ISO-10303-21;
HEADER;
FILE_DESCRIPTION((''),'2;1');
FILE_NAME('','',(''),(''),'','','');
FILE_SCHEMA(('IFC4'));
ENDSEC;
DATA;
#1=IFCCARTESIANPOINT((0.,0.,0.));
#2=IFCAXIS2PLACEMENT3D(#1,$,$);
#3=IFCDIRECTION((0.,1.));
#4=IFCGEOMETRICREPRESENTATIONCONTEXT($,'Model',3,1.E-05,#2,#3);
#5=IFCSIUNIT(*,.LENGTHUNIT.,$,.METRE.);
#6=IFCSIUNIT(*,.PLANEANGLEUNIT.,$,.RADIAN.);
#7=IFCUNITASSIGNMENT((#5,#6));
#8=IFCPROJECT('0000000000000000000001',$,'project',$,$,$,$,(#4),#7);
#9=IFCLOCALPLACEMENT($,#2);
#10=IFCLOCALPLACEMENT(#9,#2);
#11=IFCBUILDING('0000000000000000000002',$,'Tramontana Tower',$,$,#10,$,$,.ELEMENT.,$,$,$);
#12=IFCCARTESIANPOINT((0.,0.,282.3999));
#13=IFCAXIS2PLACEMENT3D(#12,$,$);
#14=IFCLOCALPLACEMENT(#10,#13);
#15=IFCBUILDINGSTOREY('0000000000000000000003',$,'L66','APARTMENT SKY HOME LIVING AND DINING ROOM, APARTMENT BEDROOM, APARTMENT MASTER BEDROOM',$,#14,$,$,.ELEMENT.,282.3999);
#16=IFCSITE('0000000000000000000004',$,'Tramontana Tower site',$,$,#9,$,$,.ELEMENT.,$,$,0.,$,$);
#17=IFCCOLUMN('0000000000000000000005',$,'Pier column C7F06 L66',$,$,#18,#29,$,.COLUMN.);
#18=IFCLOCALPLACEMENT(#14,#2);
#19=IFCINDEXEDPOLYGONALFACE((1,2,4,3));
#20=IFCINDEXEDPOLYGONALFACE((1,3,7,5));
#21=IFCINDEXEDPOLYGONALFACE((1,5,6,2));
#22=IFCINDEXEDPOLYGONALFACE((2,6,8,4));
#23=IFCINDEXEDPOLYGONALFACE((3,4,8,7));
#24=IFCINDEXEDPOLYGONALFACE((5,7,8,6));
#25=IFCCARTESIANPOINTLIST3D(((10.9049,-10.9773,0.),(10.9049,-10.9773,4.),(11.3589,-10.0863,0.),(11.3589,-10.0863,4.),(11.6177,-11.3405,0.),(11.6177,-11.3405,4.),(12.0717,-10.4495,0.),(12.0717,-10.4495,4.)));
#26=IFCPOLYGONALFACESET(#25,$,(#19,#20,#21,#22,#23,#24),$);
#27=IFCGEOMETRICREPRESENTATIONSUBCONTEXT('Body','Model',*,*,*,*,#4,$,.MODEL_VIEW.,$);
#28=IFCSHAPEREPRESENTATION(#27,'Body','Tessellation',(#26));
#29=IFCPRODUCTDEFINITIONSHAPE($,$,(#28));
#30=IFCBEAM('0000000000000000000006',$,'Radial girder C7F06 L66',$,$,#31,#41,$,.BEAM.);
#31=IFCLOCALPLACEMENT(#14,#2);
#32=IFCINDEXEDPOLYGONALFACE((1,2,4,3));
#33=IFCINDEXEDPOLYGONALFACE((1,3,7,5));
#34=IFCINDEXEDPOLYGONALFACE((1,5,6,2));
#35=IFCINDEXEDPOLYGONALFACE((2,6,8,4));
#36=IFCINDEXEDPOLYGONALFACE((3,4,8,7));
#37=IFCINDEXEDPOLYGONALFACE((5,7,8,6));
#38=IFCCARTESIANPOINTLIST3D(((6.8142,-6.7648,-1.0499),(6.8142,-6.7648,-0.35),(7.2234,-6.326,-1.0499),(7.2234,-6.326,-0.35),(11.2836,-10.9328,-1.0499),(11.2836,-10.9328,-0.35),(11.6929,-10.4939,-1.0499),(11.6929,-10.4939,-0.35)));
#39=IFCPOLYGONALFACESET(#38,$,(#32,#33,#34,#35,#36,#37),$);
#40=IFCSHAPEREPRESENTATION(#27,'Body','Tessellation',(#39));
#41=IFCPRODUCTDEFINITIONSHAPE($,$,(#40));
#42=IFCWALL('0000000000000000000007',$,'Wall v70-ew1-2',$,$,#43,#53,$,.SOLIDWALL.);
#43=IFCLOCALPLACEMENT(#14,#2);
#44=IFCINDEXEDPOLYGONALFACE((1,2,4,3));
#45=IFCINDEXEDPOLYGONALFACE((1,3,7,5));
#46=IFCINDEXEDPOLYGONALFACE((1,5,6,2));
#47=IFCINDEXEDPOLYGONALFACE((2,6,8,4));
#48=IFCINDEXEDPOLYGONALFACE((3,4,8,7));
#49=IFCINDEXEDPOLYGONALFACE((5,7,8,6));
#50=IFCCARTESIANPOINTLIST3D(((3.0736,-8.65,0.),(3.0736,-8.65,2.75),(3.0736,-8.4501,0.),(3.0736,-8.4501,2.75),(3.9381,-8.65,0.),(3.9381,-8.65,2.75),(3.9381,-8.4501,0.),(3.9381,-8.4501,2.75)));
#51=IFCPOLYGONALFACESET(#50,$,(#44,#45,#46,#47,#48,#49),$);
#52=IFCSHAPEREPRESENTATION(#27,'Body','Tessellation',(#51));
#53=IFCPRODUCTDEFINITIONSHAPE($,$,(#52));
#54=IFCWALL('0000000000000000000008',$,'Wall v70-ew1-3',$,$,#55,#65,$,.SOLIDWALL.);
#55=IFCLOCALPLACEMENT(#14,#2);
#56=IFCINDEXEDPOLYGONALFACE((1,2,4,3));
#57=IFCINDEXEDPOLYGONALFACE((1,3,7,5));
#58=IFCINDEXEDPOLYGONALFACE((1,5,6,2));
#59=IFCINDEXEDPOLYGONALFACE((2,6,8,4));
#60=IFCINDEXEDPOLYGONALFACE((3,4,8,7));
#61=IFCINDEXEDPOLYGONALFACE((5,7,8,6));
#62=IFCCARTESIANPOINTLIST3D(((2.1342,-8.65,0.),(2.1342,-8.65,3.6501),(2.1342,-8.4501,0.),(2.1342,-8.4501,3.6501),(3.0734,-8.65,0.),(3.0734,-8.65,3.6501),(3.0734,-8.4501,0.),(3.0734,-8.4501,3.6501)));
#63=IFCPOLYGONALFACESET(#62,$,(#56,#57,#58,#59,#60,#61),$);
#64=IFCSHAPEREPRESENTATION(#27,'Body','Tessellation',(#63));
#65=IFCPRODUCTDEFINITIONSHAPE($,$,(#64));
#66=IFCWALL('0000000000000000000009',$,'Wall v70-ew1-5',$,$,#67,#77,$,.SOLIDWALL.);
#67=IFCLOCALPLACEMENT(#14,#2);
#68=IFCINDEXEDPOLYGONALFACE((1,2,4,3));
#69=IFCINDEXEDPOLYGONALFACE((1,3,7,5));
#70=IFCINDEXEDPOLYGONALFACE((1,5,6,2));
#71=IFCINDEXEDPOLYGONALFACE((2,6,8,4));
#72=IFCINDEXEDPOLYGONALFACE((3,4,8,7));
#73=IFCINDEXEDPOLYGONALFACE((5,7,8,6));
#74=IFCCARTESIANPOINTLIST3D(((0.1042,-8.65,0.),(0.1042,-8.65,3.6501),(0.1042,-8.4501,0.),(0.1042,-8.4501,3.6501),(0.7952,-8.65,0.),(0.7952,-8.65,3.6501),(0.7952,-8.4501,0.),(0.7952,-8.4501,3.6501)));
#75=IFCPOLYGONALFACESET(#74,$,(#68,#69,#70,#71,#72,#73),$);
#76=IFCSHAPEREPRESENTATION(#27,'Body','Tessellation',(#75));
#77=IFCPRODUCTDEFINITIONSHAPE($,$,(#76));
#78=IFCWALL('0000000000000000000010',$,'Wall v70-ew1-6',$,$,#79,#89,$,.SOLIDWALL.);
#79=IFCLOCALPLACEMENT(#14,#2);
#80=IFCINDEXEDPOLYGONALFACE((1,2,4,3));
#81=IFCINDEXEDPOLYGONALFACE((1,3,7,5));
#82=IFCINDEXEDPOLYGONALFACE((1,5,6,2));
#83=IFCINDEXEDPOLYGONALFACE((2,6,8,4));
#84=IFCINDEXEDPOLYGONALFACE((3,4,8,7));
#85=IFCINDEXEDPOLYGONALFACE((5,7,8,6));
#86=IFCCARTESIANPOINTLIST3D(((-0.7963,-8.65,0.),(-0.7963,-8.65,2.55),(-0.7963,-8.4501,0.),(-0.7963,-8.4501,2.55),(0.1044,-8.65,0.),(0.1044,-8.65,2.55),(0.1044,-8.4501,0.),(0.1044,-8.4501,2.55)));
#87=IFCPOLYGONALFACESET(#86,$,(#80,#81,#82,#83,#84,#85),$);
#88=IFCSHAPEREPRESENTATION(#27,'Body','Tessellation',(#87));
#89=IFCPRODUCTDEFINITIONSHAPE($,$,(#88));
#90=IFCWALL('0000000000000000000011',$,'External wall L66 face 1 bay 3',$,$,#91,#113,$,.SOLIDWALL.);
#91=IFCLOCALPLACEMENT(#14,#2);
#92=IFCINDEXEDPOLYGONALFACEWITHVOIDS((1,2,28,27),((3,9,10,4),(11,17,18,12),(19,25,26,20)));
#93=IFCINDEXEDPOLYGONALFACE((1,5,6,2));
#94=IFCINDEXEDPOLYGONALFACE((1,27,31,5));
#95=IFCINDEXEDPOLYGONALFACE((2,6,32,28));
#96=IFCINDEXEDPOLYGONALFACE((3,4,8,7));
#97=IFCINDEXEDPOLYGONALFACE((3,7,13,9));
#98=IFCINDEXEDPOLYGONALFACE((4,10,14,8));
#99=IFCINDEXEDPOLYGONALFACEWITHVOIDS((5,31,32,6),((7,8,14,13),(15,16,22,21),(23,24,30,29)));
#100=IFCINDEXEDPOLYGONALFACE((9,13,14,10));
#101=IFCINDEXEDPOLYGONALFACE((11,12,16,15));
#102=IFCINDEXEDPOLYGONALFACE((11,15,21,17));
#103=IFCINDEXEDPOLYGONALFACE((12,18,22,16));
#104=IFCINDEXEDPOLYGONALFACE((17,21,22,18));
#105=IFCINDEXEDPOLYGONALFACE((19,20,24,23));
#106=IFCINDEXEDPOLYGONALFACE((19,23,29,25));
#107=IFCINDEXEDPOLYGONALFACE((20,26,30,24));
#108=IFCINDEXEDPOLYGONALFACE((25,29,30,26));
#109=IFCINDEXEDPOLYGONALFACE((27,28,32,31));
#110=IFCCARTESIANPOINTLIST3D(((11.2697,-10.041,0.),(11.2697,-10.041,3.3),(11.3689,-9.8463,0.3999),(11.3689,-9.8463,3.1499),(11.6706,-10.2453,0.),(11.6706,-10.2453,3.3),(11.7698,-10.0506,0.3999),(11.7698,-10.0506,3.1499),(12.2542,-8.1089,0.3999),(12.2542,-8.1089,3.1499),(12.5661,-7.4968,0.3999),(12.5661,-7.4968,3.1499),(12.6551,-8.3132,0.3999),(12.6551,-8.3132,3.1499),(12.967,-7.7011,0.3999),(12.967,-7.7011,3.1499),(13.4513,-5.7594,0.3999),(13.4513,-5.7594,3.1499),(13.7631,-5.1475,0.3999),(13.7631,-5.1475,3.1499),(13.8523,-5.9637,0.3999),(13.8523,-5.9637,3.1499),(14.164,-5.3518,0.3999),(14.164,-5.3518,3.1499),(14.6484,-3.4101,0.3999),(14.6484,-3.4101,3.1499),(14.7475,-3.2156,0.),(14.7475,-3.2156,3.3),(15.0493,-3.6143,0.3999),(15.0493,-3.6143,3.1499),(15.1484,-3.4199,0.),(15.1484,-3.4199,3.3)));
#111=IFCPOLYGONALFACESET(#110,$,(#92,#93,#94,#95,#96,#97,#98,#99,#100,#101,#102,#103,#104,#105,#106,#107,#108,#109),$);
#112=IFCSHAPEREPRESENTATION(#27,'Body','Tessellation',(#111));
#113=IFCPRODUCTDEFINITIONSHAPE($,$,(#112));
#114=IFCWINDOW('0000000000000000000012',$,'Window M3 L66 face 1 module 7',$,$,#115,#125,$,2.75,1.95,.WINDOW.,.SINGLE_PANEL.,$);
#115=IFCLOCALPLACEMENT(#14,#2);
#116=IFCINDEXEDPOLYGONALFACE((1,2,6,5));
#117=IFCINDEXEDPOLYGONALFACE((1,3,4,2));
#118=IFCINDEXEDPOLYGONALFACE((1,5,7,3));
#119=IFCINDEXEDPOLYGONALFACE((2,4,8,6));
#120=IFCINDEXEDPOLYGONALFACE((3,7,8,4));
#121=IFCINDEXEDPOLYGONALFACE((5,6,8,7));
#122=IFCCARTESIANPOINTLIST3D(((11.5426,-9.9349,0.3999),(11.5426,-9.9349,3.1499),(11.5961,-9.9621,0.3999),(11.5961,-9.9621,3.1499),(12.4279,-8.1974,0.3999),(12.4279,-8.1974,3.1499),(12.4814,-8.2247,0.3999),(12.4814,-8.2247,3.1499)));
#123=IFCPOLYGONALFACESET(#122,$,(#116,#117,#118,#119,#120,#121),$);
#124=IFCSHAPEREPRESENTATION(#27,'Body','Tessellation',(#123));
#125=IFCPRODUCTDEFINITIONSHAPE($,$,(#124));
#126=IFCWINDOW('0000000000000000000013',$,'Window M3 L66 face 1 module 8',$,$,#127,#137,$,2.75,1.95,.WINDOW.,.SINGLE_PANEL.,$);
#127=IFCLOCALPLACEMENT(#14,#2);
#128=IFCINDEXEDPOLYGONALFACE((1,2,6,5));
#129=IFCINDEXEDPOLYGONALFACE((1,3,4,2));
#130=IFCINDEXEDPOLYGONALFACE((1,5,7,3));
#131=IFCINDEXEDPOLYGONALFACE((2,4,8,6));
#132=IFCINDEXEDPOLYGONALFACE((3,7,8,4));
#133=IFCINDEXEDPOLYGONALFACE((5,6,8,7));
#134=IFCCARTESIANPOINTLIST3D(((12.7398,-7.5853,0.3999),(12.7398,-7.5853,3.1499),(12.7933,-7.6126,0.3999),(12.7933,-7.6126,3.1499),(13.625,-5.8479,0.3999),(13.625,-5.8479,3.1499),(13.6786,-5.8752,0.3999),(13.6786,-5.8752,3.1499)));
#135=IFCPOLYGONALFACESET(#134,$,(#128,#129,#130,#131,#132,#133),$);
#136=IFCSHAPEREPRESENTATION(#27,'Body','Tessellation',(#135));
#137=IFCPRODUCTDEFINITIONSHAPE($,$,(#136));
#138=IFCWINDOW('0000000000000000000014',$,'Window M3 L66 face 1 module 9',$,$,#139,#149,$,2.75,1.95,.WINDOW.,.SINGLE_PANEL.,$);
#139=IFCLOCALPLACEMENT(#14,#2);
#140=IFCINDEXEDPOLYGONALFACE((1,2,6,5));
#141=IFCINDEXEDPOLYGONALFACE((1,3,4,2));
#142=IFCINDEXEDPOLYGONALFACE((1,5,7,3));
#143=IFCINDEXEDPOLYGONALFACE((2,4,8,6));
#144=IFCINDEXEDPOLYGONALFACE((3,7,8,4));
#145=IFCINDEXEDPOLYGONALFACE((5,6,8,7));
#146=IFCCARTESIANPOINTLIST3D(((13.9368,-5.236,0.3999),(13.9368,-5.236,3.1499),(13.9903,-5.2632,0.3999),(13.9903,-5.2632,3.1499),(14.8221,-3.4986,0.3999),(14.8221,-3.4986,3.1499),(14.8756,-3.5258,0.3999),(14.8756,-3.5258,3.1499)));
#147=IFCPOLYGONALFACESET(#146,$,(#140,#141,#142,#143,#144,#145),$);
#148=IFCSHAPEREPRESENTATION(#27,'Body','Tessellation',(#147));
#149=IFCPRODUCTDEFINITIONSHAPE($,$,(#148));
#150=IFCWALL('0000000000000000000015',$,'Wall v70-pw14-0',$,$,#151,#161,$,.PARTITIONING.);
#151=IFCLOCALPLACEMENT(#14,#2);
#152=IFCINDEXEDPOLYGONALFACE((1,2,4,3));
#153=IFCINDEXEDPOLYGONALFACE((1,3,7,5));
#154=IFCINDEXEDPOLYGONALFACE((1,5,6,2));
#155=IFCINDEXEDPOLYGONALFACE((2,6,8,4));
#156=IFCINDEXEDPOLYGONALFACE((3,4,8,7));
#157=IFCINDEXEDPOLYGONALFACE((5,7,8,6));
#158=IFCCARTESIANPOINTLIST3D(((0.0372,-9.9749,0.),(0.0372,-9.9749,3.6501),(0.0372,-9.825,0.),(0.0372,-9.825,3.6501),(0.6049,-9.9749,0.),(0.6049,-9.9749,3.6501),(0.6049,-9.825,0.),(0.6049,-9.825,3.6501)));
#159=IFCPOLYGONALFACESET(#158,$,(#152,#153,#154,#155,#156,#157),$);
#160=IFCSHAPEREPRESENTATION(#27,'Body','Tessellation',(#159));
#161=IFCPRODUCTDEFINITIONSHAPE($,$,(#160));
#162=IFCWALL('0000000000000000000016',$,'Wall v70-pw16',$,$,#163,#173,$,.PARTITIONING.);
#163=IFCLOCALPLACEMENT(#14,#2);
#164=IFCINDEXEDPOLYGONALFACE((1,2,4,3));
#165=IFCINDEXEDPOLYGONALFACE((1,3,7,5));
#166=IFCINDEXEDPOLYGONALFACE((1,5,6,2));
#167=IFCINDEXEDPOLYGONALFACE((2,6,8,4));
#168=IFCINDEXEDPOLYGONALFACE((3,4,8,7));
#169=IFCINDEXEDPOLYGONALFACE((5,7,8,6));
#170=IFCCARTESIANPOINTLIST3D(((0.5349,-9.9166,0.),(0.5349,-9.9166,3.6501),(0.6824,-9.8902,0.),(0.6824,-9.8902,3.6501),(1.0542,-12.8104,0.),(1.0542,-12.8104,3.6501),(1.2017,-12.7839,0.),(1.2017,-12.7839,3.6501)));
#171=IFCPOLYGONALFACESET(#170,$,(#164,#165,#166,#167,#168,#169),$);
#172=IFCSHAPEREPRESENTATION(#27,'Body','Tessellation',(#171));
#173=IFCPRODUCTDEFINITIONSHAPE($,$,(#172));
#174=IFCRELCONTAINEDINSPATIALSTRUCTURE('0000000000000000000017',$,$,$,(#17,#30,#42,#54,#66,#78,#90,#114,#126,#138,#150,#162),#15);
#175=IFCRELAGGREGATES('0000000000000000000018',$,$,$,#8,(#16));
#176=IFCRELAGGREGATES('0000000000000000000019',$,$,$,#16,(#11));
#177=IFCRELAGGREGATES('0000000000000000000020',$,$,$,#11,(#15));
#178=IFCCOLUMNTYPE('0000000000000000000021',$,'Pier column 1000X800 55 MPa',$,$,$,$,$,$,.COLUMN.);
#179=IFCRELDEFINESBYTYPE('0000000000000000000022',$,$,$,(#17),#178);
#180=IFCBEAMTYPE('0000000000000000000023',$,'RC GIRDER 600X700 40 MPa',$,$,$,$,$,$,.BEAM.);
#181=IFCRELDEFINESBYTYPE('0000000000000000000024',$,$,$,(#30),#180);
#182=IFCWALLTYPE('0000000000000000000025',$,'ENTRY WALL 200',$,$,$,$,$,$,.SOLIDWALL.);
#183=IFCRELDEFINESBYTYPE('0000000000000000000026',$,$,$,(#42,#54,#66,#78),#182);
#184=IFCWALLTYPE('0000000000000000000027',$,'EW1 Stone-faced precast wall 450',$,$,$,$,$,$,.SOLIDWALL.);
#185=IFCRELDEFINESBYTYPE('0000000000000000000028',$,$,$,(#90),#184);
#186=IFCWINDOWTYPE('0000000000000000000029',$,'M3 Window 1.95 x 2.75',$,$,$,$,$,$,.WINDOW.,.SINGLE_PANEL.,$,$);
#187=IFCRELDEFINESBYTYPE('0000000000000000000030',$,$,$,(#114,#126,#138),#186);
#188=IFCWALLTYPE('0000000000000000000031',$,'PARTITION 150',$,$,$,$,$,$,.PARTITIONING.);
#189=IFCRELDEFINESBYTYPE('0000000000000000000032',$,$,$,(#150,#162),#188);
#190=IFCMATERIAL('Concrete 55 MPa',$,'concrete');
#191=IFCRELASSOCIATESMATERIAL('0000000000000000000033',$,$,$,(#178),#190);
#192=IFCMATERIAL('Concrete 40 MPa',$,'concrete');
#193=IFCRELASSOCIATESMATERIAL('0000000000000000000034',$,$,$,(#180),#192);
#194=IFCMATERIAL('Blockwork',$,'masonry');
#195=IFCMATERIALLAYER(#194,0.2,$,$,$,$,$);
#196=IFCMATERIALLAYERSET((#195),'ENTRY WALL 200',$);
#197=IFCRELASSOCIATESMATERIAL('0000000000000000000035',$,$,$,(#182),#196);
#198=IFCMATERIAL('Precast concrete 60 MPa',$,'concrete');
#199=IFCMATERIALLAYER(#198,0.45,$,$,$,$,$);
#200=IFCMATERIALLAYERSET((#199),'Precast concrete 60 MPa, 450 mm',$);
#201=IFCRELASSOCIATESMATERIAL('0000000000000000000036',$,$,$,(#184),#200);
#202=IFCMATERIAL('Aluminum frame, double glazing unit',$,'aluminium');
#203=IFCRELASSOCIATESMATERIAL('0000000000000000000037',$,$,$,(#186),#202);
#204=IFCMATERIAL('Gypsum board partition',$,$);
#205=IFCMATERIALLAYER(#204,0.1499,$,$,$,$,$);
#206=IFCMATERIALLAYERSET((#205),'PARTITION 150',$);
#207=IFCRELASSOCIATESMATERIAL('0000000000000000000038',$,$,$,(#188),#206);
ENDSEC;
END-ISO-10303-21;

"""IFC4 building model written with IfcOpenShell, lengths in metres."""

from ifc_helpers import new_model, si_unit, direction, frame, frame_2d, origin, origin_2d, place, context, subcontext, project, spatial, rectangle, extrude, material, layer, layer_set, material_profile, profile_set, type_object, element, fill, save


model = new_model("IFC4")

# Units and contexts
model_context = context("Model", 3, precision=1e-05, world=origin(), true_north=direction((0.0, 1.0)))
body_context = subcontext(model_context, "Body", "Model", "MODEL_VIEW")
ifc_project = project(units=[si_unit("LENGTHUNIT", "METRE"), si_unit("PLANEANGLEUNIT", "RADIAN")], contexts=[model_context])

# Site, building, storey
site_placement = place(None, origin())
site = spatial("IfcSite", under=ifc_project, at=site_placement, Name="Tramontana Tower site", CompositionType="ELEMENT", RefElevation=0.0)
building_placement = place(site_placement, origin())
building = spatial("IfcBuilding", under=site, at=building_placement, Name="Tramontana Tower", CompositionType="ELEMENT")
storey_placement = place(building_placement, frame((0.0, 0.0, 282.3999)))
storey = spatial("IfcBuildingStorey", under=building, at=storey_placement, Name="L66", Description="APARTMENT SKY HOME LIVING AND DINING ROOM, APARTMENT BEDROOM, APARTMENT MASTER BEDROOM", CompositionType="ELEMENT", Elevation=282.3999)

# Column
ifc_material_1 = material(Name="Concrete 55 MPa", Category="concrete")
ifc_material_profile_1 = material_profile(ifc_material_1, rectangle(XDim=1.0, YDim=0.8, at=origin_2d()), Name="Pier column 1000X800 55 MPa")
ifc_profile_set_1 = profile_set([ifc_material_profile_1], Name="Concrete 55 MPa")
column_type = type_object("IfcColumnType", Name="Pier column 1000X800 55 MPa", PredefinedType="COLUMN", material=ifc_profile_set_1)
column_placement = place(storey_placement, frame((11.4883, -10.7134, 0.0), z_axis=(0.0, 0.0, 1.0), x_axis=(0.45399, 0.891007, 0.0)))
element("IfcColumn", 1, at=column_placement, inside=storey, type_object=column_type, Name="Pier column C7F06 L66", PredefinedType="COLUMN", context=body_context, shape_type="SweptSolid", body=[
    extrude(rectangle(XDim=1.0, YDim=0.8, at=origin_2d()), origin(), (0.0, 0.0, 1.0), 4.0),
])

# Beam
ifc_material_2 = material(Name="Concrete 40 MPa", Category="concrete")
ifc_material_profile_2 = material_profile(ifc_material_2, rectangle(XDim=0.6001, YDim=0.7, at=origin_2d()), Name="RC GIRDER 600X700 40 MPa")
ifc_profile_set_2 = profile_set([ifc_material_profile_2], Name="Concrete 40 MPa")
beam_type = type_object("IfcBeamType", Name="RC GIRDER 600X700 40 MPa", PredefinedType="BEAM", material=ifc_profile_set_2)
beam_placement = place(storey_placement, frame((11.4883, -10.7134, -0.7), z_axis=(-0.731345, 0.682008, 0.0), x_axis=(-0.682008, -0.731345, 0.0)))
element("IfcBeam", 2, at=beam_placement, inside=storey, type_object=beam_type, Name="Radial girder C7F06 L66", PredefinedType="BEAM", context=body_context, shape_type="SweptSolid", body=[
    extrude(rectangle(XDim=0.6001, YDim=0.7, at=origin_2d()), origin(), (0.0, 0.0, 1.0), 6.1113),
])

# Walls
ifc_material_3 = material(Name="Blockwork", Category="masonry")
ifc_layer_1 = layer(ifc_material_3, 0.2)
ifc_layer_set_1 = layer_set([ifc_layer_1], Name="ENTRY WALL 200")
wall_type_1 = type_object("IfcWallType", Name="ENTRY WALL 200", PredefinedType="SOLIDWALL", material=ifc_layer_set_1)
wall_1_placement = place(storey_placement, frame((3.938, -8.55, 0.0), z_axis=(0.0, 0.0, 1.0), x_axis=(-1.0, 0.0, 0.0)))
element("IfcWall", 3, at=wall_1_placement, inside=storey, type_object=wall_type_1, Name="Wall v70-ew1-2", PredefinedType="SOLIDWALL", context=body_context, shape_type="SweptSolid", body=[
    extrude(rectangle(XDim=0.8645, YDim=0.2, at=frame_2d((0.4321, 0.0))), origin(), (0.0, 0.0, 1.0), 2.75),
])
wall_2_placement = place(storey_placement, frame((3.0735, -8.55, 0.0), z_axis=(0.0, 0.0, 1.0), x_axis=(-1.0, 0.0, 0.0)))
element("IfcWall", 4, at=wall_2_placement, inside=storey, type_object=wall_type_1, Name="Wall v70-ew1-3", PredefinedType="SOLIDWALL", context=body_context, shape_type="SweptSolid", body=[
    extrude(rectangle(XDim=0.9392, YDim=0.2, at=frame_2d((0.4697, 0.0))), origin(), (0.0, 0.0, 1.0), 3.6501),
])

# Walls
wall_3_placement = place(storey_placement, frame((0.7952, -8.55, 0.0), z_axis=(0.0, 0.0, 1.0), x_axis=(-1.0, 0.0, 0.0)))
element("IfcWall", 5, at=wall_3_placement, inside=storey, type_object=wall_type_1, Name="Wall v70-ew1-5", PredefinedType="SOLIDWALL", context=body_context, shape_type="SweptSolid", body=[
    extrude(rectangle(XDim=0.6909, YDim=0.2, at=frame_2d((0.3455, 0.0))), origin(), (0.0, 0.0, 1.0), 3.6501),
])
wall_4_placement = place(storey_placement, frame((0.1042, -8.55, 0.0), z_axis=(0.0, 0.0, 1.0), x_axis=(-1.0, 0.0, 0.0)))
element("IfcWall", 6, at=wall_4_placement, inside=storey, type_object=wall_type_1, Name="Wall v70-ew1-6", PredefinedType="SOLIDWALL", context=body_context, shape_type="SweptSolid", body=[
    extrude(rectangle(XDim=0.9006, YDim=0.2, at=frame_2d((0.4502, 0.0))), origin(), (0.0, 0.0, 1.0), 2.55),
])

# Wall, openings, windows
ifc_material_4 = material(Name="Precast concrete 60 MPa", Category="concrete")
ifc_layer_2 = layer(ifc_material_4, 0.45)
ifc_layer_set_2 = layer_set([ifc_layer_2], Name="Precast concrete 60 MPa, 450 mm")
wall_type_2 = type_object("IfcWallType", Name="EW1 Stone-faced precast wall 450", PredefinedType="SOLIDWALL", material=ifc_layer_set_2)
wall_5_placement = place(storey_placement, frame((11.4702, -10.1431, 0.0), z_axis=(0.0, 0.0, 1.0), x_axis=(0.453995, 0.891004, 0.0)))
wall_5 = element("IfcWall", 7, at=wall_5_placement, inside=storey, type_object=wall_type_2, Name="External wall L66 face 1 bay 3", PredefinedType="SOLIDWALL", context=body_context, shape_type="SweptSolid", body=[
    extrude(rectangle(XDim=7.6604, YDim=0.45, at=frame_2d((3.8301, 0.0))), origin(), (0.0, 0.0, 1.0), 3.3),
])
opening_1_placement = place(wall_5_placement, frame((0.2183, 0.0, 0.3999)))
opening_1 = element("IfcOpeningElement", 8, at=opening_1_placement, cuts=wall_5, PredefinedType="OPENING", context=body_context, shape_type="SweptSolid", body=[
    extrude(rectangle(XDim=1.95, YDim=2.75, at=frame_2d((0.9751, 1.375))), frame((0.0, 0.2349, 0.0), z_axis=(0.0, -1.0, 0.0), x_axis=(1.0, 0.0, 0.0)), (0.0, 0.0, 1.0), 0.47),
])
opening_2_placement = place(wall_5_placement, frame((2.8552, 0.0, 0.3999)))
opening_2 = element("IfcOpeningElement", 9, at=opening_2_placement, cuts=wall_5, PredefinedType="OPENING", context=body_context, shape_type="SweptSolid", body=[
    extrude(rectangle(XDim=1.95, YDim=2.75, at=frame_2d((0.9751, 1.375))), frame((0.0, 0.2349, 0.0), z_axis=(0.0, -1.0, 0.0), x_axis=(1.0, 0.0, 0.0)), (0.0, 0.0, 1.0), 0.47),
])
opening_3_placement = place(wall_5_placement, frame((5.4919, 0.0, 0.3999)))
opening_3 = element("IfcOpeningElement", 10, at=opening_3_placement, cuts=wall_5, PredefinedType="OPENING", context=body_context, shape_type="SweptSolid", body=[
    extrude(rectangle(XDim=1.95, YDim=2.75, at=frame_2d((0.9751, 1.375))), frame((0.0, 0.2349, 0.0), z_axis=(0.0, -1.0, 0.0), x_axis=(1.0, 0.0, 0.0)), (0.0, 0.0, 1.0), 0.47),
])
ifc_material_5 = material(Name="Aluminum frame, double glazing unit", Category="aluminium")
window_type = type_object("IfcWindowType", Name="M3 Window 1.95 x 2.75", PartitioningType="SINGLE_PANEL", PredefinedType="WINDOW", material=ifc_material_5)
window_1_placement = place(opening_1_placement, origin())
window_1 = element("IfcWindow", 11, at=window_1_placement, inside=storey, type_object=window_type, Name="Window M3 L66 face 1 module 7", OverallHeight=2.75, OverallWidth=1.95, PartitioningType="SINGLE_PANEL", PredefinedType="WINDOW", context=body_context, shape_type="SweptSolid", body=[
    extrude(rectangle(XDim=1.95, YDim=2.75, at=frame_2d((0.9751, 1.375))), frame((0.0, 0.03, 0.0), z_axis=(0.0, -1.0, 0.0), x_axis=(1.0, 0.0, 0.0)), (0.0, 0.0, 1.0), 0.0601),
])
fill(opening_1, window_1)
window_2_placement = place(opening_2_placement, origin())
window_2 = element("IfcWindow", 12, at=window_2_placement, inside=storey, type_object=window_type, Name="Window M3 L66 face 1 module 8", OverallHeight=2.75, OverallWidth=1.95, PartitioningType="SINGLE_PANEL", PredefinedType="WINDOW", context=body_context, shape_type="SweptSolid", body=[
    extrude(rectangle(XDim=1.95, YDim=2.75, at=frame_2d((0.9751, 1.375))), frame((0.0, 0.03, 0.0), z_axis=(0.0, -1.0, 0.0), x_axis=(1.0, 0.0, 0.0)), (0.0, 0.0, 1.0), 0.0601),
])
fill(opening_2, window_2)
window_3_placement = place(opening_3_placement, origin())
window_3 = element("IfcWindow", 13, at=window_3_placement, inside=storey, type_object=window_type, Name="Window M3 L66 face 1 module 9", OverallHeight=2.75, OverallWidth=1.95, PartitioningType="SINGLE_PANEL", PredefinedType="WINDOW", context=body_context, shape_type="SweptSolid", body=[
    extrude(rectangle(XDim=1.95, YDim=2.75, at=frame_2d((0.9751, 1.375))), frame((0.0, 0.03, 0.0), z_axis=(0.0, -1.0, 0.0), x_axis=(1.0, 0.0, 0.0)), (0.0, 0.0, 1.0), 0.0601),
])
fill(opening_3, window_3)

# Wall
ifc_material_6 = material(Name="Gypsum board partition")
ifc_layer_3 = layer(ifc_material_6, 0.1499)
ifc_layer_set_3 = layer_set([ifc_layer_3], Name="PARTITION 150")
wall_type_3 = type_object("IfcWallType", Name="PARTITION 150", PredefinedType="PARTITIONING", material=ifc_layer_set_3)
wall_6_placement = place(storey_placement, frame((0.6047, -9.8999, 0.0), z_axis=(0.0, 0.0, 1.0), x_axis=(-1.0, 0.0, 0.0)))
element("IfcWall", 14, at=wall_6_placement, inside=storey, type_object=wall_type_3, Name="Wall v70-pw14-0", PredefinedType="PARTITIONING", context=body_context, shape_type="SweptSolid", body=[
    extrude(rectangle(XDim=0.5676, YDim=0.1499, at=frame_2d((0.2837, 0.0))), origin(), (0.0, 0.0, 1.0), 3.6501),
])

# Wall
wall_7_placement = place(storey_placement, frame((1.1279, -12.7971, 0.0), z_axis=(0.0, 0.0, 1.0), x_axis=(-0.176627, 0.984278, 0.0)))
element("IfcWall", 15, at=wall_7_placement, inside=storey, type_object=wall_type_3, Name="Wall v70-pw16", PredefinedType="PARTITIONING", context=body_context, shape_type="SweptSolid", body=[
    extrude(rectangle(XDim=2.9399, YDim=0.1499, at=frame_2d((1.47, 0.0))), origin(), (0.0, 0.0, 1.0), 3.6501),
])

save(model, "model.ifc")
